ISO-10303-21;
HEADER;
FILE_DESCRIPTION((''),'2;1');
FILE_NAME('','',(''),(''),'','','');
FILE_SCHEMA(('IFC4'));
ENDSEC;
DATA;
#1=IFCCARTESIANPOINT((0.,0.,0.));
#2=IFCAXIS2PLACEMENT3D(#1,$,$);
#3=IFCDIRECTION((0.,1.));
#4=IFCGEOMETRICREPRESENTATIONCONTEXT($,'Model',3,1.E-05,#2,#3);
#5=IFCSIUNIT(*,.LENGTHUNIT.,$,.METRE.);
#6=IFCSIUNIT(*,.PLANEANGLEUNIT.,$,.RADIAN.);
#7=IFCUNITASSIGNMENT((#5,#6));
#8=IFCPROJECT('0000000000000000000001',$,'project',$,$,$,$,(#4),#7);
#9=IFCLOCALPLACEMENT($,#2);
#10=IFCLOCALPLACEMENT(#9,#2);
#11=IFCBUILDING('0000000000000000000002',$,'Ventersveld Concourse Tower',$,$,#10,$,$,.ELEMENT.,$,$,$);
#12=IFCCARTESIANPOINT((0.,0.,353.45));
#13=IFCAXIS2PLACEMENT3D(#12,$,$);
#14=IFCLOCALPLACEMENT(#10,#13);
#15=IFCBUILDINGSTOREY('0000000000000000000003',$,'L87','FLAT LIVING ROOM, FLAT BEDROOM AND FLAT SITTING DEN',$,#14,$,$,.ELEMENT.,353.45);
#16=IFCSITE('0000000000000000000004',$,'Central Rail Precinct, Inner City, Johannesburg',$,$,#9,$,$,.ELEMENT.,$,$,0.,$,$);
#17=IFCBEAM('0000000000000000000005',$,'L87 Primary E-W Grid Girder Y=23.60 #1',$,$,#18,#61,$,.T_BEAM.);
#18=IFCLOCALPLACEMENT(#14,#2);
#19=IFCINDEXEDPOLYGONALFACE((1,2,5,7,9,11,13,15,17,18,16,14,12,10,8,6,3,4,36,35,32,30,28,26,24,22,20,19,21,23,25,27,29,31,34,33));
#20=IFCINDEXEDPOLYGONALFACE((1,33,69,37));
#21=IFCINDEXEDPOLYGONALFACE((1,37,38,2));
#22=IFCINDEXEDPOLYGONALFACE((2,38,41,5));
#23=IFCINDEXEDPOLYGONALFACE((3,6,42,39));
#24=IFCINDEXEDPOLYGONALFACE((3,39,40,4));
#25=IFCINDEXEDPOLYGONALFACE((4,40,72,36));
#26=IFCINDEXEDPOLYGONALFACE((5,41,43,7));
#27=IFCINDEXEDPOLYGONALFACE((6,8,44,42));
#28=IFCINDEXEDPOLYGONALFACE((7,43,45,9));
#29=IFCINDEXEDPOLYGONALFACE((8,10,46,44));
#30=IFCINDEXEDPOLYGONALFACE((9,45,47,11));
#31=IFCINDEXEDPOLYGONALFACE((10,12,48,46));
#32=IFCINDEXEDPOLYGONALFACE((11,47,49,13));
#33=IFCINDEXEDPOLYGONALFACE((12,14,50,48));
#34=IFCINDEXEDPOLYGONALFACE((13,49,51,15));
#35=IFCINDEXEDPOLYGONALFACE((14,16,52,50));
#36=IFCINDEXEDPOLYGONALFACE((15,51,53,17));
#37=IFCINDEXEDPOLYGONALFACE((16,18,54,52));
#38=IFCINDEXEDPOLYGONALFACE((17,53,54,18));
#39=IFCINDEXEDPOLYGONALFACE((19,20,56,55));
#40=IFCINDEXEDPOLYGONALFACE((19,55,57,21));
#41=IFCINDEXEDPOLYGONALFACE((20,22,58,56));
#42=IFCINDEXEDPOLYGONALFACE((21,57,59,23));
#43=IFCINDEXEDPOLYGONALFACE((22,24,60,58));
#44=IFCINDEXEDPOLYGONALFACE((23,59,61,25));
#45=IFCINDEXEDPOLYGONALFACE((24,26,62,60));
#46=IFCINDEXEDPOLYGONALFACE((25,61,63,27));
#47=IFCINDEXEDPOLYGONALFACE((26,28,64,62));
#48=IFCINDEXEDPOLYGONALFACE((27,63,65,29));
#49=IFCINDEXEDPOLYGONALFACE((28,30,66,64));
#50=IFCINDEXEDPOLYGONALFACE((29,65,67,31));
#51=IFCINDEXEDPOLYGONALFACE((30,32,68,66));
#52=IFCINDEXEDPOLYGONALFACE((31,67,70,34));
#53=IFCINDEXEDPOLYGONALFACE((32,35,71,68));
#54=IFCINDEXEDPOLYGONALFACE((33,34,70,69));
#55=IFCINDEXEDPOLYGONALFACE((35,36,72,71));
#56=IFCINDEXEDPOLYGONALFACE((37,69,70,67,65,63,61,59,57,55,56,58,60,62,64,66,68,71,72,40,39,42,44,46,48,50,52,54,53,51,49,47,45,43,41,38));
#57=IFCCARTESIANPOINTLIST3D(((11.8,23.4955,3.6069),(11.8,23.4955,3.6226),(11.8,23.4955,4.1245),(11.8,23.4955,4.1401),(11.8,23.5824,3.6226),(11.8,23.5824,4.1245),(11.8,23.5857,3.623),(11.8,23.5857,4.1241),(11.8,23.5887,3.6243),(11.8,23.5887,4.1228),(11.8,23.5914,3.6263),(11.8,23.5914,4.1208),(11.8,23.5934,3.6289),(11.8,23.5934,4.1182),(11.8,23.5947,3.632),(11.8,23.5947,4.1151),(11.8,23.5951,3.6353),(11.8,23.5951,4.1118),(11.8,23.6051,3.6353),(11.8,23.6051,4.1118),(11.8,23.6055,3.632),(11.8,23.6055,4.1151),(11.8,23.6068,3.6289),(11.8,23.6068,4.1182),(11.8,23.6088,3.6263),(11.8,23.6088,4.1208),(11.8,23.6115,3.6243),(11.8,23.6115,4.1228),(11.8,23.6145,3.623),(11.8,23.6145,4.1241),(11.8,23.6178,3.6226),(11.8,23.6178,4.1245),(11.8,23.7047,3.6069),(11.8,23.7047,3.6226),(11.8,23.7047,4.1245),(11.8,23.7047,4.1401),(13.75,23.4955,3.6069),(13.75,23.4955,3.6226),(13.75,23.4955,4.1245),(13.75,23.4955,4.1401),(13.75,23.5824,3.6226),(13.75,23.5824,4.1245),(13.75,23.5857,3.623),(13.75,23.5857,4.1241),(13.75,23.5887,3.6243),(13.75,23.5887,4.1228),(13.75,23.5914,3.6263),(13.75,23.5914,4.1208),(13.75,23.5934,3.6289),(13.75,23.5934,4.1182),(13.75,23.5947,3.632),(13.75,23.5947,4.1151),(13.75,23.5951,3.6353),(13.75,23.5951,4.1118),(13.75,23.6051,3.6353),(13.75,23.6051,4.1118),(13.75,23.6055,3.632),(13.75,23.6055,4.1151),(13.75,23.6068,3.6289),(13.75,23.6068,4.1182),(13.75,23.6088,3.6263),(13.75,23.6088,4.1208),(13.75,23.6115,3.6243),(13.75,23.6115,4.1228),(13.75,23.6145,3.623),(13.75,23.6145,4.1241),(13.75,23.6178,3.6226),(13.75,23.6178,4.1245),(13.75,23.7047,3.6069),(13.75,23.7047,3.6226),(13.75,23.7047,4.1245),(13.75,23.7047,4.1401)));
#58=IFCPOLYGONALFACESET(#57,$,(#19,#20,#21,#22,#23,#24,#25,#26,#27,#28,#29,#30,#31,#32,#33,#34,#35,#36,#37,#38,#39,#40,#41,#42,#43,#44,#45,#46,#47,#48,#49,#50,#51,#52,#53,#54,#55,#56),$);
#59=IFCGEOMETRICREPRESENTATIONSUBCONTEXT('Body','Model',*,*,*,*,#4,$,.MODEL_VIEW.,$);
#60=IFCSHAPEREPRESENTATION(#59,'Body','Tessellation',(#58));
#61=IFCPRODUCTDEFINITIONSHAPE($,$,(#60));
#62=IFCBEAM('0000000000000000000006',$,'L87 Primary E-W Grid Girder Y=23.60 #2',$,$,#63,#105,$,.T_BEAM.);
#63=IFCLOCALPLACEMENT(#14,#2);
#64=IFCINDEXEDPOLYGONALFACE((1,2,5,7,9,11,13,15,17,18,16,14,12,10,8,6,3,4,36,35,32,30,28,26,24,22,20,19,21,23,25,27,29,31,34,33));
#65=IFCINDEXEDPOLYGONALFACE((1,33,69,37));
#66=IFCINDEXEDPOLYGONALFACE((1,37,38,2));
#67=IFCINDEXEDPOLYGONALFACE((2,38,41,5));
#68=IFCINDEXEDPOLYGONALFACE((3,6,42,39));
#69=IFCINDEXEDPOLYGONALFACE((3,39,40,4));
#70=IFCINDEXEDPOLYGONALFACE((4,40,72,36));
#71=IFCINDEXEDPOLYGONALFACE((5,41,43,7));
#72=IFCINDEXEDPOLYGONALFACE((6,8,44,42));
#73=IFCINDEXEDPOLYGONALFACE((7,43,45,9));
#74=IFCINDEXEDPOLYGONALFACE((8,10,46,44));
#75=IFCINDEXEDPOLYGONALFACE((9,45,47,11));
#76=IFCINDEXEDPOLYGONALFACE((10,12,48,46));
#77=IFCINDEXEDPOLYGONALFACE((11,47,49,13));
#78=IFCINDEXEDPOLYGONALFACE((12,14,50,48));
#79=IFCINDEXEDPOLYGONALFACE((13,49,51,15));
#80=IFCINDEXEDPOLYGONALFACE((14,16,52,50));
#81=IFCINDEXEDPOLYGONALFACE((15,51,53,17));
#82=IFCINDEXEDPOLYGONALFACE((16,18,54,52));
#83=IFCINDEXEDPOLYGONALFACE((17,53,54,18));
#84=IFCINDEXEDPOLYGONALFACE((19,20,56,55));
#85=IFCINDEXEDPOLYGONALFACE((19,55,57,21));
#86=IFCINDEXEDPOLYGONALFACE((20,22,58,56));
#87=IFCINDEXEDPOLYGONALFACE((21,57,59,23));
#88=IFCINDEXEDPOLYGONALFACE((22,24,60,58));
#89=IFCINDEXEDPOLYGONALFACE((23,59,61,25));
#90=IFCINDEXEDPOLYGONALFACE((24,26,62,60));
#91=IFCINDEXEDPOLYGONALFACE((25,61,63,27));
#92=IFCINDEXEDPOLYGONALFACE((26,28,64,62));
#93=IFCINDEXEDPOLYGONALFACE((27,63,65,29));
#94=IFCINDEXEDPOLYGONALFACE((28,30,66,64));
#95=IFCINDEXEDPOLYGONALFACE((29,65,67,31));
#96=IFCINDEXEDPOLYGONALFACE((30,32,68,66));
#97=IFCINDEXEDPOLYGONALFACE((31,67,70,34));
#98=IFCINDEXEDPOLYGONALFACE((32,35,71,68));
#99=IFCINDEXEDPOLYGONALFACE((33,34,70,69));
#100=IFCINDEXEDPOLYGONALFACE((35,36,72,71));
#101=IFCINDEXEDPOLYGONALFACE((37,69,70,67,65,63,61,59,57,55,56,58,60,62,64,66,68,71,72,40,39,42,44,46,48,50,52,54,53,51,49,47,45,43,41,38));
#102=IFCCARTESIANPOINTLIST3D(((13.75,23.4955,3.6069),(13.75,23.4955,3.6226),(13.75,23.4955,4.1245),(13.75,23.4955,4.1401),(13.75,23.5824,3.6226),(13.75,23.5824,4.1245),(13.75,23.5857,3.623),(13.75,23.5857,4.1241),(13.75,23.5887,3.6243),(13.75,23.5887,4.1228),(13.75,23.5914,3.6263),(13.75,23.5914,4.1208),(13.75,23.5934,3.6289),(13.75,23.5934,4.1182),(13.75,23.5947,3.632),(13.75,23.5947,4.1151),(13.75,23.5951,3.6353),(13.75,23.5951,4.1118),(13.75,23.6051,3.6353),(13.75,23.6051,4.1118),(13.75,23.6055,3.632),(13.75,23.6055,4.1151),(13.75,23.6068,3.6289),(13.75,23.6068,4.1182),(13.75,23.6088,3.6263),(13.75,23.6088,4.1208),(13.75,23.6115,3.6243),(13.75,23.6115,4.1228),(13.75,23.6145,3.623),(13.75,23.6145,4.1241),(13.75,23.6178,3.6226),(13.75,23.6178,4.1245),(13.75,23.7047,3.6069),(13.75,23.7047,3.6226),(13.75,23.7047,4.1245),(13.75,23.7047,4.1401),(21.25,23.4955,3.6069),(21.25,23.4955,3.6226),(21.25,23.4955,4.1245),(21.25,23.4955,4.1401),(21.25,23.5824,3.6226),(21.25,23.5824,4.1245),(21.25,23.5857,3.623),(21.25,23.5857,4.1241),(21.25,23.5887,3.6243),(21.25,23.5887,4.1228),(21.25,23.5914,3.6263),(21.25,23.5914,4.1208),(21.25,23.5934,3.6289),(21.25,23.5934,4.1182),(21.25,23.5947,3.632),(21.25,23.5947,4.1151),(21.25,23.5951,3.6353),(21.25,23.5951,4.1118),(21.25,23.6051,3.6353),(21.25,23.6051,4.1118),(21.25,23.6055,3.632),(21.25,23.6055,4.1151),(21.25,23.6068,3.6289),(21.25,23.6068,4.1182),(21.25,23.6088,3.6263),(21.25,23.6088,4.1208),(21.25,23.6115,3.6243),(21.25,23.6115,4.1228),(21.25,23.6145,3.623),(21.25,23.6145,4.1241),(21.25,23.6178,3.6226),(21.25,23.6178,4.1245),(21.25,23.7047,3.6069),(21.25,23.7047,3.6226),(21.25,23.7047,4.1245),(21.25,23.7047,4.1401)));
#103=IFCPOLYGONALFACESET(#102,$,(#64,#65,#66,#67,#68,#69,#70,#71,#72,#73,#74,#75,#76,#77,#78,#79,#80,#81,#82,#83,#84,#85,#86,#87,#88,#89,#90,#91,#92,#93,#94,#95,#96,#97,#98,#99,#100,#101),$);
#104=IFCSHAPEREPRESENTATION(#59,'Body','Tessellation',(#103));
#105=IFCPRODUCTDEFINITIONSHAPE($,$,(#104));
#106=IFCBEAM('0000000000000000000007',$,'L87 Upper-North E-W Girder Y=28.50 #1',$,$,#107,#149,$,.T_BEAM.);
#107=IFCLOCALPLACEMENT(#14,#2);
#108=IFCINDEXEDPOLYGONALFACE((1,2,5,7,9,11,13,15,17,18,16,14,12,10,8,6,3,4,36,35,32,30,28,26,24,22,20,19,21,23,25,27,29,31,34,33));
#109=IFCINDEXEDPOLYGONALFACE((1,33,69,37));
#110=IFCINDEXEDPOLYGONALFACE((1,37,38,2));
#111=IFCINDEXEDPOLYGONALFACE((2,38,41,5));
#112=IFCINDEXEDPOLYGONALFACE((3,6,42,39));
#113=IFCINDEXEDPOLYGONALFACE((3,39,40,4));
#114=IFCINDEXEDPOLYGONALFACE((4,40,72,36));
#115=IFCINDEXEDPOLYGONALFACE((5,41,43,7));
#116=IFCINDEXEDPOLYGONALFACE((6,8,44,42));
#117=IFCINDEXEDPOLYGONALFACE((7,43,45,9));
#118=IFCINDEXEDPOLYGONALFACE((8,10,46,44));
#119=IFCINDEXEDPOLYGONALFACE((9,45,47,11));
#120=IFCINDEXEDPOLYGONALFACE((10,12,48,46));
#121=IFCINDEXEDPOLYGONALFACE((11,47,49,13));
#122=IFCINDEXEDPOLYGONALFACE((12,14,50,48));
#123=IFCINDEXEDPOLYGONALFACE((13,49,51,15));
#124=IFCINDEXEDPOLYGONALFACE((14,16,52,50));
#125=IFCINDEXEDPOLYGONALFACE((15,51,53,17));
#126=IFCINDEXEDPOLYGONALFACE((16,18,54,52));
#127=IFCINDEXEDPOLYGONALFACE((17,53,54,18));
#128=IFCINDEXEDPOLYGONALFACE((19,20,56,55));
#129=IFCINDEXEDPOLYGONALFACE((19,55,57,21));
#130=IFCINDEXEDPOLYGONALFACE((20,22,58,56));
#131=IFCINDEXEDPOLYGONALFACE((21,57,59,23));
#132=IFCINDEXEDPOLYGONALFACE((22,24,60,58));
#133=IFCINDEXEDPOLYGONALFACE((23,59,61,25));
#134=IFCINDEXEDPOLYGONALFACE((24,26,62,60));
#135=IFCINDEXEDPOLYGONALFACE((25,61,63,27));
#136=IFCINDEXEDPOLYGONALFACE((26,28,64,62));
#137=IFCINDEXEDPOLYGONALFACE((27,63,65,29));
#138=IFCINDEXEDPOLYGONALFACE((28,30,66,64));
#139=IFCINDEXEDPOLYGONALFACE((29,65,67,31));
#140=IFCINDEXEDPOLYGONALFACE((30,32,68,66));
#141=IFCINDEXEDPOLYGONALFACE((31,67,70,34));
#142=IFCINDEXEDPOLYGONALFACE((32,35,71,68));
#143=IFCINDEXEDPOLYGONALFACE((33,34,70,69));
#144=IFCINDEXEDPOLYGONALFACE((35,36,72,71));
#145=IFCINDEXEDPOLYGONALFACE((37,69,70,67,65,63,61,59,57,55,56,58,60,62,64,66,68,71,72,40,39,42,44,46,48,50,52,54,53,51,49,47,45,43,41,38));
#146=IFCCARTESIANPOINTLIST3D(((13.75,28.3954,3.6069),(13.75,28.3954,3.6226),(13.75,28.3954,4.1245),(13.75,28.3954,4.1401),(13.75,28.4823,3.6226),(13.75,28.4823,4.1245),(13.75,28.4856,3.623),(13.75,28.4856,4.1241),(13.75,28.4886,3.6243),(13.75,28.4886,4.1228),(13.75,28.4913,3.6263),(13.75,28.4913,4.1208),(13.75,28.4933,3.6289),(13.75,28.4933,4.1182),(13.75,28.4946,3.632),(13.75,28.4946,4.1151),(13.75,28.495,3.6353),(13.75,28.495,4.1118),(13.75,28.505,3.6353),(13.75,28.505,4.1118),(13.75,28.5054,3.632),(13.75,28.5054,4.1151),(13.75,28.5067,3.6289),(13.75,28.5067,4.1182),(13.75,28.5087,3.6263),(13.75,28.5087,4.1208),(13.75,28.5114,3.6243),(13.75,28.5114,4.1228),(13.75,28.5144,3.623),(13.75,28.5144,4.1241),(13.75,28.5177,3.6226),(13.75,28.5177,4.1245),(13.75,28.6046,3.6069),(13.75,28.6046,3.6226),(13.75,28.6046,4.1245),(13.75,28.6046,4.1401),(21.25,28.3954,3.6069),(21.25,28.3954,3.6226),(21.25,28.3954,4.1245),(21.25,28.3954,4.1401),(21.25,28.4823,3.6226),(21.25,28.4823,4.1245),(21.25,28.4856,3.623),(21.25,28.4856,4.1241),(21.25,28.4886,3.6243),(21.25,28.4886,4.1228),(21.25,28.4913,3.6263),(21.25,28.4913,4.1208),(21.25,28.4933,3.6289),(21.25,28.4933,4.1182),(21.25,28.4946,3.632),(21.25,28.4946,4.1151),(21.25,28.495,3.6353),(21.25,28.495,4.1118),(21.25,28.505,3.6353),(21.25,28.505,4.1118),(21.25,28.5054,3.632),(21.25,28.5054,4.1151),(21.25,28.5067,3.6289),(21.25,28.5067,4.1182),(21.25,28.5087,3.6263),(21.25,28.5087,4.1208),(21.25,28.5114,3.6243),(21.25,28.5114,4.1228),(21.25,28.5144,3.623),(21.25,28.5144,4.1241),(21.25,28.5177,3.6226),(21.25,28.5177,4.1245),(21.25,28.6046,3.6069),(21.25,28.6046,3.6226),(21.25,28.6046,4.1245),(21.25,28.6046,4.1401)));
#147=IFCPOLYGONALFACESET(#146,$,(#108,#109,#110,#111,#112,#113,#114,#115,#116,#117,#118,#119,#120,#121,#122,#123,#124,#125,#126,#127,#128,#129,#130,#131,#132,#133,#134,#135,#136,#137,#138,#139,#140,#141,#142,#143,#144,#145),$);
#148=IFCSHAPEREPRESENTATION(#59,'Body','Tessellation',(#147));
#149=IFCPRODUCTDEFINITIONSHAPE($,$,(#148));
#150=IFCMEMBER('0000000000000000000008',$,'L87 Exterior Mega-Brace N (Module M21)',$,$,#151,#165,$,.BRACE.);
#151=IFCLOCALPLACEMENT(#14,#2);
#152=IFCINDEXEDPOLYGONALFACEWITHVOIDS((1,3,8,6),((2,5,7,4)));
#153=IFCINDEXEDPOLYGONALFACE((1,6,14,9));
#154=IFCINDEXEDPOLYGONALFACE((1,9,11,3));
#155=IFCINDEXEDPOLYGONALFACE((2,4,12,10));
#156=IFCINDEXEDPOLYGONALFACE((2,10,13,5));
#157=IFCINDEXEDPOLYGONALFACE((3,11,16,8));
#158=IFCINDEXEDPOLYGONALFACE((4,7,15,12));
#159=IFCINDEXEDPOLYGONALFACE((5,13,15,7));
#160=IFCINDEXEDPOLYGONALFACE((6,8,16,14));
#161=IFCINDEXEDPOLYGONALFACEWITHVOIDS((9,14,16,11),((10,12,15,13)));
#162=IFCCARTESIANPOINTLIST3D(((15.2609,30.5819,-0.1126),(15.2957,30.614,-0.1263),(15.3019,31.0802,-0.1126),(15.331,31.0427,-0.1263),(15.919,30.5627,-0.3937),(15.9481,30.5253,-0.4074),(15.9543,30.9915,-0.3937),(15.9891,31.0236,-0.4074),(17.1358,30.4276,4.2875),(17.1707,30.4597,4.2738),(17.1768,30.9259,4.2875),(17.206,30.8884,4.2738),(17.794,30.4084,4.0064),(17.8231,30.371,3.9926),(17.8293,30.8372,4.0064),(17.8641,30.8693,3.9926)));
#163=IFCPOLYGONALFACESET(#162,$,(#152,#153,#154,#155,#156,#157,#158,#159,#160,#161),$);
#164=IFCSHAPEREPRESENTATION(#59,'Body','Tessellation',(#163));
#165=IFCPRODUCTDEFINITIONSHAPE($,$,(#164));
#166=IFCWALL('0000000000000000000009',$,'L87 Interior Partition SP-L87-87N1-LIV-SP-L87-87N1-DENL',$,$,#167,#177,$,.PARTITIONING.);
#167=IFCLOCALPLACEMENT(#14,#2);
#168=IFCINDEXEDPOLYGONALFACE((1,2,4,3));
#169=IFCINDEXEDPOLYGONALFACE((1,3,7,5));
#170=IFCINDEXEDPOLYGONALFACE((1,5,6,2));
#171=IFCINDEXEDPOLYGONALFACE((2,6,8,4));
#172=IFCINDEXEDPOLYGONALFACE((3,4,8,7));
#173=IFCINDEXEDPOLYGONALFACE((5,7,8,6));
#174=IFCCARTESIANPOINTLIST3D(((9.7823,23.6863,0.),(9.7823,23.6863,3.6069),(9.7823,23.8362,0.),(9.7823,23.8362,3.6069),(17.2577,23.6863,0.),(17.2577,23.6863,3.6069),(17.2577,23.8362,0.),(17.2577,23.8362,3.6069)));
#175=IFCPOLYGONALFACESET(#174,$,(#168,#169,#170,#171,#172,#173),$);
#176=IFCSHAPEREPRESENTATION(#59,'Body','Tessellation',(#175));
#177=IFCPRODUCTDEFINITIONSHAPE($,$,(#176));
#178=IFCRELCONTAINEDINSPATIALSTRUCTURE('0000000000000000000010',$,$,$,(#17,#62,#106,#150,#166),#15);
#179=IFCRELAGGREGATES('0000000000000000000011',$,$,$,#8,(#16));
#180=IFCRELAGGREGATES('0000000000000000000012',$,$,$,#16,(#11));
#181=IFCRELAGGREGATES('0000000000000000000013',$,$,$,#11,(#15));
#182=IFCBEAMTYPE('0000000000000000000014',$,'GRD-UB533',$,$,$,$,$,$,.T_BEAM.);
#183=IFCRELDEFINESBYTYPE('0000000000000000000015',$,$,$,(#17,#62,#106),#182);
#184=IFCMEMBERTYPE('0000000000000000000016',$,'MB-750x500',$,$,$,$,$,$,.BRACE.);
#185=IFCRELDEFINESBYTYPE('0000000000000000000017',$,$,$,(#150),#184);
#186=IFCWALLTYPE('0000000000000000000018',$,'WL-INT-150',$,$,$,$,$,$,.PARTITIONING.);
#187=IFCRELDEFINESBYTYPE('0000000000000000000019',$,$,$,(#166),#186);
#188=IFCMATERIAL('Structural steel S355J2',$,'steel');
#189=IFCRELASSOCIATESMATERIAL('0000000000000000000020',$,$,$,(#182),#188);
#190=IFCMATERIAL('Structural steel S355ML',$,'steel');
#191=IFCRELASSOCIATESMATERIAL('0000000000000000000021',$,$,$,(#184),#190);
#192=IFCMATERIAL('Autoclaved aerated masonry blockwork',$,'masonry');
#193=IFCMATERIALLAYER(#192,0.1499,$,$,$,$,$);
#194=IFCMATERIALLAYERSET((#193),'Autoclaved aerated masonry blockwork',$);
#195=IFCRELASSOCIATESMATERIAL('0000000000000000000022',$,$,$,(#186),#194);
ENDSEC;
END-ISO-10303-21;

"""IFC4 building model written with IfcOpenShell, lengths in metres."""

from ifc_helpers import new_model, si_unit, direction, frame, frame_2d, origin, origin_2d, place, context, subcontext, project, spatial, rectangle, hollow_rectangle, i_section, extrude, material, layer, layer_set, material_profile, profile_set, type_object, element, save


model = new_model("IFC4")

# Units and contexts
model_context = context("Model", 3, precision=1e-05, world=origin(), true_north=direction((0.0, 1.0)))
body_context = subcontext(model_context, "Body", "Model", "MODEL_VIEW")
ifc_project = project(units=[si_unit("LENGTHUNIT", "METRE"), si_unit("PLANEANGLEUNIT", "RADIAN")], contexts=[model_context])

# Site, building, storey
site_placement = place(None, origin())
site = spatial("IfcSite", under=ifc_project, at=site_placement, Name="Central Rail Precinct, Inner City, Johannesburg", CompositionType="ELEMENT", RefElevation=0.0)
building_placement = place(site_placement, origin())
building = spatial("IfcBuilding", under=site, at=building_placement, Name="Ventersveld Concourse Tower", CompositionType="ELEMENT")
storey_placement = place(building_placement, frame((0.0, 0.0, 353.45)))
storey = spatial("IfcBuildingStorey", under=building, at=storey_placement, Name="L87", Description="FLAT LIVING ROOM, FLAT BEDROOM AND FLAT SITTING DEN", CompositionType="ELEMENT", Elevation=353.45)

# Shared definitions
ifc_material_1 = material(Name="Structural steel S355J2", Category="steel")

# Beams
ifc_material_profile_1 = material_profile(ifc_material_1, i_section(OverallWidth=0.2092, OverallDepth=0.5332, WebThickness=0.01, FlangeThickness=0.0156, FilletRadius=0.0127, at=origin_2d()), Name="UB 533x210x92")
ifc_profile_set_1 = profile_set([ifc_material_profile_1], Name="Structural steel S355J2")
beam_type_1 = type_object("IfcBeamType", Name="GRD-UB533", PredefinedType="T_BEAM", material=ifc_profile_set_1)
beam_1_placement = place(storey_placement, frame((11.8, 23.6001, 3.8735), z_axis=(1.0, 0.0, 0.0), x_axis=(0.0, 1.0, 0.0)))
element("IfcBeam", 1, at=beam_1_placement, inside=storey, type_object=beam_type_1, Name="L87 Primary E-W Grid Girder Y=23.60 #1", PredefinedType="T_BEAM", context=body_context, shape_type="SweptSolid", body=[
    extrude(i_section(OverallWidth=0.2092, OverallDepth=0.5332, WebThickness=0.01, FlangeThickness=0.0156, FilletRadius=0.0127, at=origin_2d()), origin(), (0.0, 0.0, 1.0), 1.95),
])
for number, where, z_axis, x_axis, name in (
    (2, (13.75, 23.6001, 3.8735), (1.0, 0.0, 0.0), (0.0, 1.0, 0.0), "L87 Primary E-W Grid Girder Y=23.60 #2"),
    (3, (13.75, 28.5, 3.8735), (1.0, 0.0, 0.0), (0.0, 1.0, 0.0), "L87 Upper-North E-W Girder Y=28.50 #1"),
):
    element("IfcBeam", number, at=place(storey_placement, frame(where, z_axis=z_axis, x_axis=x_axis)), inside=storey, type_object=beam_type_1, Name=name, PredefinedType="T_BEAM", context=body_context, shape_type="SweptSolid", body=[
        extrude(i_section(OverallWidth=0.2092, OverallDepth=0.5332, WebThickness=0.01, FlangeThickness=0.0156, FilletRadius=0.0127, at=origin_2d()), origin(), (0.0, 0.0, 1.0), 7.5),
    ])

# Member
ifc_material_2 = material(Name="Structural steel S355ML", Category="steel")
ifc_material_profile_2 = material_profile(ifc_material_2, hollow_rectangle(XDim=0.5, YDim=0.75, WallThickness=0.0349, at=origin_2d()), Name="BOX 750x500x35")
ifc_profile_set_2 = profile_set([ifc_material_profile_2], Name="Structural steel S355ML")
member_type = type_object("IfcMemberType", Name="MB-750x500", PredefinedType="BRACE", material=ifc_profile_set_2)
member_placement = place(storey_placement, frame((15.625, 30.8027, -0.26), z_axis=(0.391811, -0.032243, 0.919481), x_axis=(0.082014, 0.996631, 0.0)))
element("IfcMember", 4, at=member_placement, inside=storey, type_object=member_type, Name="L87 Exterior Mega-Brace N (Module M21)", PredefinedType="BRACE", context=body_context, shape_type="SweptSolid", body=[
    extrude(hollow_rectangle(XDim=0.5, YDim=0.75, WallThickness=0.0349, at=origin_2d()), origin(), (0.0, 0.0, 1.0), 4.7854),
])

# Wall
ifc_material_3 = material(Name="Autoclaved aerated masonry blockwork", Category="masonry")
ifc_layer_1 = layer(ifc_material_3, 0.1499)
ifc_layer_set_1 = layer_set([ifc_layer_1], Name="Autoclaved aerated masonry blockwork")
wall_type_1 = type_object("IfcWallType", Name="WL-INT-150", PredefinedType="PARTITIONING", material=ifc_layer_set_1)
wall_1_placement = place(storey_placement, frame((9.7822, 23.7612, 0.0), z_axis=(0.0, 0.0, 1.0), x_axis=(1.0, 0.0, 0.0)))
element("IfcWall", 5, at=wall_1_placement, inside=storey, type_object=wall_type_1, Name="L87 Interior Partition SP-L87-87N1-LIV-SP-L87-87N1-DENL", PredefinedType="PARTITIONING", context=body_context, shape_type="SweptSolid", body=[
    extrude(rectangle(XDim=7.4753, YDim=0.1499, at=frame_2d((3.7378, 0.0))), origin(), (0.0, 0.0, 1.0), 3.6069),
])

save(model, "model.ifc")
